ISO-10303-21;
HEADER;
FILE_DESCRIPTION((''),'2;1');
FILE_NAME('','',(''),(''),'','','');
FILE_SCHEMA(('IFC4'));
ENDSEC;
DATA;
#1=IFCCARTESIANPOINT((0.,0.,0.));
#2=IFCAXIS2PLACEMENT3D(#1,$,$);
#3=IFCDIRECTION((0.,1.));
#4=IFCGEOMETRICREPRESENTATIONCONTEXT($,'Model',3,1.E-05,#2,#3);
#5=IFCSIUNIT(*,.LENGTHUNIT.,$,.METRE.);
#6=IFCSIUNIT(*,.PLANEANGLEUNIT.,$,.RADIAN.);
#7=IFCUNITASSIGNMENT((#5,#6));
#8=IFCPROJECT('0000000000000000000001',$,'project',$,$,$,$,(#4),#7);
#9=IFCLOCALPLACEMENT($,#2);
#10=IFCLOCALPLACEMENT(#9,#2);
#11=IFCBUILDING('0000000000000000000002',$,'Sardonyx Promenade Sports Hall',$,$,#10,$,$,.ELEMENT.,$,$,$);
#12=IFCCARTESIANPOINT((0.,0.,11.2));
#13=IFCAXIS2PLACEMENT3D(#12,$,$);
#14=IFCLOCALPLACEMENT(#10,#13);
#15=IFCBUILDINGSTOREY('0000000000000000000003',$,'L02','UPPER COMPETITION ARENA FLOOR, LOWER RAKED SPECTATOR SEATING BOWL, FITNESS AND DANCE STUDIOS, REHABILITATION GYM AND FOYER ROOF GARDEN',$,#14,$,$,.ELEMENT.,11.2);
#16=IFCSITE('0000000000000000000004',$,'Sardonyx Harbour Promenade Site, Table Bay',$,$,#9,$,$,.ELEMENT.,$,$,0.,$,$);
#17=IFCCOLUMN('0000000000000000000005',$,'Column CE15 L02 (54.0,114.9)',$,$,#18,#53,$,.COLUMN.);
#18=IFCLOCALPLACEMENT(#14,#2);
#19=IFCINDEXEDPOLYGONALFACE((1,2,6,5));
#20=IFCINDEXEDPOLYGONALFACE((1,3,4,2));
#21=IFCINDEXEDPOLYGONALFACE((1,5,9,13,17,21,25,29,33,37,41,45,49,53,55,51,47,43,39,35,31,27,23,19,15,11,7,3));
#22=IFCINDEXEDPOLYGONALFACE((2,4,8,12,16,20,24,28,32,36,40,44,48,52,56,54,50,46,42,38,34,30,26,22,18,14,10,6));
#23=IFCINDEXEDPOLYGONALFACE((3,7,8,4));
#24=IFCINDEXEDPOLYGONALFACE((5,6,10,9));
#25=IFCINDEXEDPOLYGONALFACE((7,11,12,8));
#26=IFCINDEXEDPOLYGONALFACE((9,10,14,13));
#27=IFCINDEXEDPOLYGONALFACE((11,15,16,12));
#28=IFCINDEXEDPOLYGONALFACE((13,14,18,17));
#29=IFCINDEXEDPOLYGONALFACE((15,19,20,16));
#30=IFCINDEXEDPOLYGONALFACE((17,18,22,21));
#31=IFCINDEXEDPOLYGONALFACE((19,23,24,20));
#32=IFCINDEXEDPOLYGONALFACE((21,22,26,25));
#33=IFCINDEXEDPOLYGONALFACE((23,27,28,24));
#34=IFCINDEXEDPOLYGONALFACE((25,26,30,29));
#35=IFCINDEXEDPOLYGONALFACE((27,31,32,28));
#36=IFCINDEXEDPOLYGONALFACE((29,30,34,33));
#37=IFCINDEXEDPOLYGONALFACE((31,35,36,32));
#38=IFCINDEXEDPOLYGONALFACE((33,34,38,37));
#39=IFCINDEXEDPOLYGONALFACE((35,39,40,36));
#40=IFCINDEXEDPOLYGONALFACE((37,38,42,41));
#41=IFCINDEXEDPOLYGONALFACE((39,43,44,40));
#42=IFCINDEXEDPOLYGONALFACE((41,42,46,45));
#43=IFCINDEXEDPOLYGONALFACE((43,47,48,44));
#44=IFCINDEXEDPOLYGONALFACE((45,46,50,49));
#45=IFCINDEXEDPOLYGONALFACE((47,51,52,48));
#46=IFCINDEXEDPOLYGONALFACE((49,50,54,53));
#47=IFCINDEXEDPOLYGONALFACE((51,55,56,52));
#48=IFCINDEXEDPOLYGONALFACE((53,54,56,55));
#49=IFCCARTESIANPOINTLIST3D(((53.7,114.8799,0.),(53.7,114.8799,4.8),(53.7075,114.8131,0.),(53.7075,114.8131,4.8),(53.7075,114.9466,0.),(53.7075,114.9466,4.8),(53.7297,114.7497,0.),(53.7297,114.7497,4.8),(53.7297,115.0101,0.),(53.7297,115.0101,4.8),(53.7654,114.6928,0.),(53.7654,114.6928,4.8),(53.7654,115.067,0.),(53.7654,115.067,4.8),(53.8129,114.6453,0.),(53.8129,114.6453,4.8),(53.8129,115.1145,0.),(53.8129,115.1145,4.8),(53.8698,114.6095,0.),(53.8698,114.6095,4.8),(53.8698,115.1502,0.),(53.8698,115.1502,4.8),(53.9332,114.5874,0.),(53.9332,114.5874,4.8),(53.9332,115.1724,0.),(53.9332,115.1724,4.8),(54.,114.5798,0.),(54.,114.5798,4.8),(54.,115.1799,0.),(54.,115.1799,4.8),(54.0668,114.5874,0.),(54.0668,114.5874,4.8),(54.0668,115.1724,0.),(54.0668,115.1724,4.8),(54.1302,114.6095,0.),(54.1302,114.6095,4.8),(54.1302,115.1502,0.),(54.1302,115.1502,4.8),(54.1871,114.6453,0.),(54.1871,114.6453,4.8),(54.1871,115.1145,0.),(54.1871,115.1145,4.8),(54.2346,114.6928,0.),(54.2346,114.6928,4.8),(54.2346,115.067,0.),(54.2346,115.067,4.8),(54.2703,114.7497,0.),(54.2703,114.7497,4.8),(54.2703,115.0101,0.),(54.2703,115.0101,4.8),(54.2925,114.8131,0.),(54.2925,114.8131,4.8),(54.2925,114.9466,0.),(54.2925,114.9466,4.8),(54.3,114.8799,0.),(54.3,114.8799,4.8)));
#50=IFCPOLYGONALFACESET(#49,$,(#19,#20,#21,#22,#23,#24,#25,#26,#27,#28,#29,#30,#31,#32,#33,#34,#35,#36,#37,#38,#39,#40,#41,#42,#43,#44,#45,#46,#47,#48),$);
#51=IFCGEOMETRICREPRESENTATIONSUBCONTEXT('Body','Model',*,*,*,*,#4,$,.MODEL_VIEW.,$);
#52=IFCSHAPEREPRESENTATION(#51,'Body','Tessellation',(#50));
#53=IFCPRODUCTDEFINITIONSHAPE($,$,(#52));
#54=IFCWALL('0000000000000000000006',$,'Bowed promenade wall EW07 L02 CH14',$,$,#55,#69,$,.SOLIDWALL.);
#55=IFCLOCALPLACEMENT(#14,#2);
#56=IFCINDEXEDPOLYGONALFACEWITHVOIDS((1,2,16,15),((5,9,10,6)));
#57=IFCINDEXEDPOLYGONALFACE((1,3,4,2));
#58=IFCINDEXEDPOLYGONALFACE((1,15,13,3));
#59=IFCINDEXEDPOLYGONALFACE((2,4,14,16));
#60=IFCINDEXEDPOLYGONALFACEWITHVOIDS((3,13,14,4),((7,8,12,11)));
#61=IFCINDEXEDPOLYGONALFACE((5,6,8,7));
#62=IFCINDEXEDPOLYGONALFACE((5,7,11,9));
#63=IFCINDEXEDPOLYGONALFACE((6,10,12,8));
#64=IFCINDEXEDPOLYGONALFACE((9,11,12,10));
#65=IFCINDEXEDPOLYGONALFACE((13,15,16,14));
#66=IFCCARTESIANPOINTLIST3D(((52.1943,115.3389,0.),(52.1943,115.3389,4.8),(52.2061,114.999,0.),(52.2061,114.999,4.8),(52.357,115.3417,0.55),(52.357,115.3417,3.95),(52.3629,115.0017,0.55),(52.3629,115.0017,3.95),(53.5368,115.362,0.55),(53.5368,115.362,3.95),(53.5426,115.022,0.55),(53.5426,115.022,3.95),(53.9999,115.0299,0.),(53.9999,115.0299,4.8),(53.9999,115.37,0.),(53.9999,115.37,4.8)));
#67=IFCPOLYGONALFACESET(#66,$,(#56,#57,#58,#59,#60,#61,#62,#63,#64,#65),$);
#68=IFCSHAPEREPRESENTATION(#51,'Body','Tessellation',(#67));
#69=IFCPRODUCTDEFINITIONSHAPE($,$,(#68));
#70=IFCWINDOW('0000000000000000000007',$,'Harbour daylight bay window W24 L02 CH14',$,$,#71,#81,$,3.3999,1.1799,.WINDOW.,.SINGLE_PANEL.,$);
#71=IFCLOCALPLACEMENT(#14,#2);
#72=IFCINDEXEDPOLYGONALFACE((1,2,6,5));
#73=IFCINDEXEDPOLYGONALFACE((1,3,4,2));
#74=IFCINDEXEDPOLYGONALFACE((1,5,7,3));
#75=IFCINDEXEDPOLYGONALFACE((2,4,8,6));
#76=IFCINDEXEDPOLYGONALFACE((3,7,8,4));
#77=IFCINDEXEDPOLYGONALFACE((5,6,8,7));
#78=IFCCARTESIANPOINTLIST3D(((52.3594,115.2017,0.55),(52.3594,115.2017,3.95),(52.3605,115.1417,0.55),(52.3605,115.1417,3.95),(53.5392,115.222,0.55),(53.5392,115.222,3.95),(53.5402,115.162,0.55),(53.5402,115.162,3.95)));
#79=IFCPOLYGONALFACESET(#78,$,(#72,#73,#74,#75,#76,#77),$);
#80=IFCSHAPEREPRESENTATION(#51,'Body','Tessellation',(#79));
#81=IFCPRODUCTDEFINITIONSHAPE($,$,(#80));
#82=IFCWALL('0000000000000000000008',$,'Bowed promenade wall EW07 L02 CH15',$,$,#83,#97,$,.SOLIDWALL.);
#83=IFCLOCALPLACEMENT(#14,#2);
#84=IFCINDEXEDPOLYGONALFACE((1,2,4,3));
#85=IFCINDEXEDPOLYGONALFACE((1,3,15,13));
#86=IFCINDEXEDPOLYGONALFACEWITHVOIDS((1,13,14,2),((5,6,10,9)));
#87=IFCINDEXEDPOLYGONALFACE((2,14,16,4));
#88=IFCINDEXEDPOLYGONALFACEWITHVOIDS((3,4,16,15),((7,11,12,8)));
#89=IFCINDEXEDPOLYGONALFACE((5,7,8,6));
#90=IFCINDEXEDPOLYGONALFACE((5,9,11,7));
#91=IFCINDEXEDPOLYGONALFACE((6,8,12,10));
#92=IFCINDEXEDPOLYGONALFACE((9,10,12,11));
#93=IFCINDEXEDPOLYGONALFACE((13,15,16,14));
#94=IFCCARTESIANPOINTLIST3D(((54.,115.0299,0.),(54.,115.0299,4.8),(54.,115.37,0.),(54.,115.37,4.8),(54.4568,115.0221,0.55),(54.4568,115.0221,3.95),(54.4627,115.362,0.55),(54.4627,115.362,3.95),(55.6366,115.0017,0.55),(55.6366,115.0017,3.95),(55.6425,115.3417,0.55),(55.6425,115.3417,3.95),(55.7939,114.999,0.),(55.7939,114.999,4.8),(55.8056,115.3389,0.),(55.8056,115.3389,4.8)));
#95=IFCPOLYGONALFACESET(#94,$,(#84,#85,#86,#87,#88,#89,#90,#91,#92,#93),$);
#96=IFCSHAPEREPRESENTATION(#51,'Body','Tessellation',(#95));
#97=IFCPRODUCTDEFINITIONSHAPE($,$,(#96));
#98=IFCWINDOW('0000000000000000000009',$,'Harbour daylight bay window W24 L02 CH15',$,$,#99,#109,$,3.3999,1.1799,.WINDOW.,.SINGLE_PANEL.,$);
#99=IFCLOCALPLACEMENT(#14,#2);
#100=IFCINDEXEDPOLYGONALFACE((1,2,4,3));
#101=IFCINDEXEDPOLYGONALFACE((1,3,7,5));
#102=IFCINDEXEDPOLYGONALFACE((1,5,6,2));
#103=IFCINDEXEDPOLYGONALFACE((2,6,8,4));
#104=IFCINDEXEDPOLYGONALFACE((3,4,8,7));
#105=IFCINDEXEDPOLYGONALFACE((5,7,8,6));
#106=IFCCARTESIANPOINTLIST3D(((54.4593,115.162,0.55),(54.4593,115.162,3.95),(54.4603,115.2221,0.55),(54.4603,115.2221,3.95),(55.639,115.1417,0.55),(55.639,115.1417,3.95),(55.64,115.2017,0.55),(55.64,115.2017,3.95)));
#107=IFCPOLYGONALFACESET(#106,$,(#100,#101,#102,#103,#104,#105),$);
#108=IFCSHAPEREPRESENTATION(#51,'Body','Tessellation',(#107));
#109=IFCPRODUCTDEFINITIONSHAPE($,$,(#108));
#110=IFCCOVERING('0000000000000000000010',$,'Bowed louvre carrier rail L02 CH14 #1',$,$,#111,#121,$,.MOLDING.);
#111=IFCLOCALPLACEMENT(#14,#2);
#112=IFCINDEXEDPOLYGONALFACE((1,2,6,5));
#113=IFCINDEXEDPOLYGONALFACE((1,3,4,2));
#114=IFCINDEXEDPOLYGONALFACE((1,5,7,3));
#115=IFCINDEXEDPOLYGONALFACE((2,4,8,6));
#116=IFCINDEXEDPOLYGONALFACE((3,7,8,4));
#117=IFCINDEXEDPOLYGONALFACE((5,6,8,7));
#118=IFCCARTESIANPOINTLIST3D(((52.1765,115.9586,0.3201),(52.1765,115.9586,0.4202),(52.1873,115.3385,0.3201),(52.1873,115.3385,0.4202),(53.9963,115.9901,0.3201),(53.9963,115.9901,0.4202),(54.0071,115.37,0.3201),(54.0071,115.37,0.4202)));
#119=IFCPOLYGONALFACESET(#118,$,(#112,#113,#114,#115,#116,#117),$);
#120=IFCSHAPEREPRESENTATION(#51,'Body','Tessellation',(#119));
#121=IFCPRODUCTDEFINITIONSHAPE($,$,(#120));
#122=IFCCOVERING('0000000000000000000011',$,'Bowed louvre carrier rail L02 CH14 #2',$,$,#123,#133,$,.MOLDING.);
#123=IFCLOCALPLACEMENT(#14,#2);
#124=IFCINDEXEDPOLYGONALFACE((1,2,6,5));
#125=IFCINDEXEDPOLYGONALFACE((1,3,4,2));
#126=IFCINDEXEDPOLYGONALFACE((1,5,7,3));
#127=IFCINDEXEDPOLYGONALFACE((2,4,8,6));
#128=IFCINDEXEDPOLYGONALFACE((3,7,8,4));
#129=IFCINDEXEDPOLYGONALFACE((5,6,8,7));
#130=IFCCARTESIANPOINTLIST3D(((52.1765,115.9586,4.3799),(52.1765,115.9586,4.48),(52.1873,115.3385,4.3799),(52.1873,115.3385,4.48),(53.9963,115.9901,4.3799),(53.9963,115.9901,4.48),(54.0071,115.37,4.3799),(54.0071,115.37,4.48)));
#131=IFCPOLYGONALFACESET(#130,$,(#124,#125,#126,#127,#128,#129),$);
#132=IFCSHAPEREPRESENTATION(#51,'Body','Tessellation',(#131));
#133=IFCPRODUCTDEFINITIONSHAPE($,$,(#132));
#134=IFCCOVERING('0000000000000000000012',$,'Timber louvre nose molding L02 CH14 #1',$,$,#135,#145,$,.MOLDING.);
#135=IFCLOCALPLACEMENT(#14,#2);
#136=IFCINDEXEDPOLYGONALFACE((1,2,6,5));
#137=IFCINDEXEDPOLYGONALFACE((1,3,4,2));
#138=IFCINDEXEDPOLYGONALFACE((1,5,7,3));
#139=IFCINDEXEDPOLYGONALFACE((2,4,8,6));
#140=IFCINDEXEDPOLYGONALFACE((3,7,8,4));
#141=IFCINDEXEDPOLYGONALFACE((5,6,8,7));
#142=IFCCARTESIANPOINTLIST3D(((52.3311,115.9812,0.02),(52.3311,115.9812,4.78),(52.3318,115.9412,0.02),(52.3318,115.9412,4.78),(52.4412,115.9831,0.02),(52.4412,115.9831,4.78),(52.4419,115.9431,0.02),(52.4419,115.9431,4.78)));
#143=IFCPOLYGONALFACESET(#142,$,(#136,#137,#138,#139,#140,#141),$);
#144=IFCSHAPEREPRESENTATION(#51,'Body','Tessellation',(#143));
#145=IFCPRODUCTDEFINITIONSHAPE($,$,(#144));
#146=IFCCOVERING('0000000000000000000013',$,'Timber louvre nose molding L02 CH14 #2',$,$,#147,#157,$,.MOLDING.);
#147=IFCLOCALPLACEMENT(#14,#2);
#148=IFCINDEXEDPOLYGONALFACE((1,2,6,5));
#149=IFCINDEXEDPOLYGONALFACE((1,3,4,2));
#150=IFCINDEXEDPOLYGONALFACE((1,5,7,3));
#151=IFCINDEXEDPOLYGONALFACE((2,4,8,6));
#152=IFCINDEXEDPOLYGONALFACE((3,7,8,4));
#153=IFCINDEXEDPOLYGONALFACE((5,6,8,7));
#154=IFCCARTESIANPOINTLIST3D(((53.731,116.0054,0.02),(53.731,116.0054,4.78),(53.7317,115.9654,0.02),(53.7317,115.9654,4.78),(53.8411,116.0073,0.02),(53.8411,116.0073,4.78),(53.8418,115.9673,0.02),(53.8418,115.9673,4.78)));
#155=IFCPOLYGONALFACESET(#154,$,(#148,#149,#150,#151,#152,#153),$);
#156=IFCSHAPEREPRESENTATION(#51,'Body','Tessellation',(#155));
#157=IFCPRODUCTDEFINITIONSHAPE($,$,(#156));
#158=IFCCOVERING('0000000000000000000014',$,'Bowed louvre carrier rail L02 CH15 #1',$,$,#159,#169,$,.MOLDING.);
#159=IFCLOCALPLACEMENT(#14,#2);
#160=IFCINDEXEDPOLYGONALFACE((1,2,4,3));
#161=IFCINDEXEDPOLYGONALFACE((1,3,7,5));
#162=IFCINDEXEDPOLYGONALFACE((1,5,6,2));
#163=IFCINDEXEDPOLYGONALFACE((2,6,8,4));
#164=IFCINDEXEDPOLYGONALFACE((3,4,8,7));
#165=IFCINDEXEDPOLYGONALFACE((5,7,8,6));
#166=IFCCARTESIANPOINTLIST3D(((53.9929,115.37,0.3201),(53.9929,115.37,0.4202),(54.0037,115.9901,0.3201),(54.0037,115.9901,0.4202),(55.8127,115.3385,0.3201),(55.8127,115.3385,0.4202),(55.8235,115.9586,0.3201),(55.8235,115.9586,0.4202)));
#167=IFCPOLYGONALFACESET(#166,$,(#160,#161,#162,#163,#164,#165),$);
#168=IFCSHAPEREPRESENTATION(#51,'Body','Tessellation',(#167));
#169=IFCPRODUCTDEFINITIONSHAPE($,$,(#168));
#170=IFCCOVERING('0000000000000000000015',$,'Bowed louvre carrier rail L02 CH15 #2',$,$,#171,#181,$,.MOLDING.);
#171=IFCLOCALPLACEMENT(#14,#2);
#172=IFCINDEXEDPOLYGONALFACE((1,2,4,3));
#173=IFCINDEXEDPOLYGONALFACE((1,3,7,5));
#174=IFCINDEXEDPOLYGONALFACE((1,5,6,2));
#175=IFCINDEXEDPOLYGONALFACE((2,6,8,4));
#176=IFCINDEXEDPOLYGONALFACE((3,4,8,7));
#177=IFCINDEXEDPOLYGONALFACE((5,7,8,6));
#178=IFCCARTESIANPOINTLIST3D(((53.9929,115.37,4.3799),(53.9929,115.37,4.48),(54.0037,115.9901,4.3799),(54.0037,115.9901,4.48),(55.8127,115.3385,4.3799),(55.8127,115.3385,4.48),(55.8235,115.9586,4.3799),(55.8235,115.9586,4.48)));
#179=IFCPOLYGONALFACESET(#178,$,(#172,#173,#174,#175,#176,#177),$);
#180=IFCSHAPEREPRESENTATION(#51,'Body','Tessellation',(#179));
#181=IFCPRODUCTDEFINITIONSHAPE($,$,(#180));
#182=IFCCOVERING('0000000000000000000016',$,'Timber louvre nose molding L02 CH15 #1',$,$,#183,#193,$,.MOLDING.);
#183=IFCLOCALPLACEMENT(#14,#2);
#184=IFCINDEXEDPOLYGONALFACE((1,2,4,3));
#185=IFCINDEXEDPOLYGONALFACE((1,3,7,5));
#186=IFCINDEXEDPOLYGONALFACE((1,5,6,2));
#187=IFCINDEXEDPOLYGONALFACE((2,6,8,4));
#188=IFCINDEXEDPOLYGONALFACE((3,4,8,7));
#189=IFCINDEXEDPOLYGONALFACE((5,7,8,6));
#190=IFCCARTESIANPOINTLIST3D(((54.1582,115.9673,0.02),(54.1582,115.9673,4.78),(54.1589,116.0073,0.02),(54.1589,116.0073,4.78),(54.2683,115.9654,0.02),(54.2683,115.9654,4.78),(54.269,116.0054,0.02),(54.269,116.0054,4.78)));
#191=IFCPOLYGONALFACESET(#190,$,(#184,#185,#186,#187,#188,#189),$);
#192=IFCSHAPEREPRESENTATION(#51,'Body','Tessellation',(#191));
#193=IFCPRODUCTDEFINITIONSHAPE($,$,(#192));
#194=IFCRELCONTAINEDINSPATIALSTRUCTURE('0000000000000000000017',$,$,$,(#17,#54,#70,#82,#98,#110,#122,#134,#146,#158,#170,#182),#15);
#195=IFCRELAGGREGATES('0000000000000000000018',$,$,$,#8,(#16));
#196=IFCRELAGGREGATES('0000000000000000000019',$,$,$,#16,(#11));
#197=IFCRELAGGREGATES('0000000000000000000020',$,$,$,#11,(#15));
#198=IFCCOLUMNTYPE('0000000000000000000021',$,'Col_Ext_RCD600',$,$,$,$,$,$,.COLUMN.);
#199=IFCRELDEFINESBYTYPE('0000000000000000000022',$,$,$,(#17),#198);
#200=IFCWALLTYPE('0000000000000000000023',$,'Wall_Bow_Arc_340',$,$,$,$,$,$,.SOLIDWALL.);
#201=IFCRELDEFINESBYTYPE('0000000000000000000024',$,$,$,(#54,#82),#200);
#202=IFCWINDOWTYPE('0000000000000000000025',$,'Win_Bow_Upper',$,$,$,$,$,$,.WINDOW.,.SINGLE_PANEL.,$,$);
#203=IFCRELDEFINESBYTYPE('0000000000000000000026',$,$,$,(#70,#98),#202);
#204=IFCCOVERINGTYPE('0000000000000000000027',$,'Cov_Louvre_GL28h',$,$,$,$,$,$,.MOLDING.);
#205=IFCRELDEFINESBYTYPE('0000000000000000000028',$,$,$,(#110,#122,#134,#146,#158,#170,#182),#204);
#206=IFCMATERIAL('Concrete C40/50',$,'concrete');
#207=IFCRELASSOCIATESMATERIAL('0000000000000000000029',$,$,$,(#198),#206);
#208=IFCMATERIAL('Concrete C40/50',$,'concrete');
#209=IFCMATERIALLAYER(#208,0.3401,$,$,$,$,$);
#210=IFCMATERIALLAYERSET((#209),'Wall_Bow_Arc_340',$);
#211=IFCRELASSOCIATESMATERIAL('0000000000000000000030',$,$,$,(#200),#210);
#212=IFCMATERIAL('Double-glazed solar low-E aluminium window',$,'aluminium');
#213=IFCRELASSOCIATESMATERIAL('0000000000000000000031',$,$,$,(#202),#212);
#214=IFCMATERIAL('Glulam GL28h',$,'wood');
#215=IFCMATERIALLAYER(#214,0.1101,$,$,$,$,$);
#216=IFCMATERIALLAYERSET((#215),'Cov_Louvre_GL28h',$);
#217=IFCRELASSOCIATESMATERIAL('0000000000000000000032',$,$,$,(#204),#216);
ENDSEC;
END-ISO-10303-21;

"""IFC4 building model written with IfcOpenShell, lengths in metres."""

from ifc_helpers import new_model, si_unit, direction, frame, frame_2d, origin, origin_2d, place, context, subcontext, project, spatial, polyline, rectangle, circle, outline, extrude, material, layer, layer_set, material_profile, profile_set, type_object, element, fill, save


model = new_model("IFC4")

# Units and contexts
model_context = context("Model", 3, precision=1e-05, world=origin(), true_north=direction((0.0, 1.0)))
body_context = subcontext(model_context, "Body", "Model", "MODEL_VIEW")
ifc_project = project(units=[si_unit("LENGTHUNIT", "METRE"), si_unit("PLANEANGLEUNIT", "RADIAN")], contexts=[model_context])

# Site, building, storey
site_placement = place(None, origin())
site = spatial("IfcSite", under=ifc_project, at=site_placement, Name="Sardonyx Harbour Promenade Site, Table Bay", CompositionType="ELEMENT", RefElevation=0.0)
building_placement = place(site_placement, origin())
building = spatial("IfcBuilding", under=site, at=building_placement, Name="Sardonyx Promenade Sports Hall", CompositionType="ELEMENT")
storey_placement = place(building_placement, frame((0.0, 0.0, 11.2)))
storey = spatial("IfcBuildingStorey", under=building, at=storey_placement, Name="L02", Description="UPPER COMPETITION ARENA FLOOR, LOWER RAKED SPECTATOR SEATING BOWL, FITNESS AND DANCE STUDIOS, REHABILITATION GYM AND FOYER ROOF GARDEN", CompositionType="ELEMENT", Elevation=11.2)

# Column
ifc_material_1 = material(Name="Concrete C40/50", Category="concrete")
ifc_material_profile = material_profile(ifc_material_1, circle(Radius=0.3, at=origin_2d()))
ifc_profile_set = profile_set([ifc_material_profile], Name="Concrete C40/50")
column_type = type_object("IfcColumnType", Name="Col_Ext_RCD600", PredefinedType="COLUMN", material=ifc_profile_set)
column_placement = place(storey_placement, frame((54.0, 114.8799, 0.0), z_axis=(0.0, 0.0, 1.0), x_axis=(1.0, 0.0, 0.0)))
element("IfcColumn", 1, at=column_placement, inside=storey, type_object=column_type, Name="Column CE15 L02 (54.0,114.9)", PredefinedType="COLUMN", context=body_context, shape_type="SweptSolid", body=[
    extrude(circle(Radius=0.3, at=origin_2d()), origin(), (0.0, 0.0, 1.0), 4.8),
])

# Walls, openings, windows
ifc_material_2 = material(Name="Concrete C40/50", Category="concrete")
ifc_layer_1 = layer(ifc_material_2, 0.3401)
ifc_layer_set_1 = layer_set([ifc_layer_1], Name="Wall_Bow_Arc_340")
wall_type = type_object("IfcWallType", Name="Wall_Bow_Arc_340", PredefinedType="SOLIDWALL", material=ifc_layer_set_1)
wall_1_placement = place(storey_placement, frame((52.2002, 115.1689, 0.0), z_axis=(0.0, 0.0, 1.0), x_axis=(0.999852, 0.017225, 0.0)))
wall_1 = element("IfcWall", 2, at=wall_1_placement, inside=storey, type_object=wall_type, Name="Bowed promenade wall EW07 L02 CH14", PredefinedType="SOLIDWALL", context=body_context, shape_type="SweptSolid", body=[
    extrude(outline(polyline([(0.0029, -0.17), (1.7971, -0.17), (1.8029, 0.17), (-0.0029, 0.17), (0.0029, -0.17)])), origin(), (0.0, 0.0, 1.0), 4.8),
])
opening_1_placement = place(wall_1_placement, frame((0.1599, 0.0, 0.55)))
opening_1 = element("IfcOpeningElement", 3, at=opening_1_placement, cuts=wall_1, PredefinedType="OPENING", context=body_context, shape_type="SweptSolid", body=[
    extrude(rectangle(XDim=1.1799, YDim=3.3999, at=frame_2d((0.5898, 1.7))), frame((0.0, 0.18, 0.0), z_axis=(0.0, -1.0, 0.0), x_axis=(1.0, 0.0, 0.0)), (0.0, 0.0, 1.0), 0.36),
])
ifc_material_3 = material(Name="Double-glazed solar low-E aluminium window", Category="aluminium")
window_type = type_object("IfcWindowType", Name="Win_Bow_Upper", PartitioningType="SINGLE_PANEL", PredefinedType="WINDOW", material=ifc_material_3)
window_1_placement = place(opening_1_placement, origin())
window_1 = element("IfcWindow", 4, at=window_1_placement, inside=storey, type_object=window_type, Name="Harbour daylight bay window W24 L02 CH14", OverallHeight=3.3999, OverallWidth=1.1799, PartitioningType="SINGLE_PANEL", PredefinedType="WINDOW", context=body_context, shape_type="SweptSolid", body=[
    extrude(rectangle(XDim=1.1799, YDim=3.3999, at=frame_2d((0.5898, 1.7))), frame((0.0, 0.03, 0.0), z_axis=(0.0, -1.0, 0.0), x_axis=(1.0, 0.0, 0.0)), (0.0, 0.0, 1.0), 0.0601),
])
fill(opening_1, window_1)
wall_2_placement = place(storey_placement, frame((54.0, 115.2, 0.0), z_axis=(0.0, 0.0, 1.0), x_axis=(0.999852, -0.017225, 0.0)))
wall_2 = element("IfcWall", 5, at=wall_2_placement, inside=storey, type_object=wall_type, Name="Bowed promenade wall EW07 L02 CH15", PredefinedType="SOLIDWALL", context=body_context, shape_type="SweptSolid", body=[
    extrude(outline(polyline([(0.0029, -0.17), (1.7971, -0.17), (1.8029, 0.17), (-0.0029, 0.17), (0.0029, -0.17)])), origin(), (0.0, 0.0, 1.0), 4.8),
])
opening_2_placement = place(wall_2_placement, frame((0.46, 0.0, 0.55)))
opening_2 = element("IfcOpeningElement", 6, at=opening_2_placement, cuts=wall_2, PredefinedType="OPENING", context=body_context, shape_type="SweptSolid", body=[
    extrude(rectangle(XDim=1.1799, YDim=3.3999, at=frame_2d((0.5898, 1.7))), frame((0.0, 0.18, 0.0), z_axis=(0.0, -1.0, 0.0), x_axis=(1.0, 0.0, 0.0)), (0.0, 0.0, 1.0), 0.36),
])
window_2_placement = place(opening_2_placement, origin())
window_2 = element("IfcWindow", 7, at=window_2_placement, inside=storey, type_object=window_type, Name="Harbour daylight bay window W24 L02 CH15", OverallHeight=3.3999, OverallWidth=1.1799, PartitioningType="SINGLE_PANEL", PredefinedType="WINDOW", context=body_context, shape_type="SweptSolid", body=[
    extrude(rectangle(XDim=1.1799, YDim=3.3999, at=frame_2d((0.5898, 1.7))), frame((0.0, 0.03, 0.0), z_axis=(0.0, -1.0, 0.0), x_axis=(1.0, 0.0, 0.0)), (0.0, 0.0, 1.0), 0.0601),
])
fill(opening_2, window_2)

# Coverings
ifc_material_4 = material(Name="Glulam GL28h", Category="wood")
ifc_layer_2 = layer(ifc_material_4, 0.1101)
ifc_layer_set_2 = layer_set([ifc_layer_2], Name="Cov_Louvre_GL28h")
covering_type = type_object("IfcCoveringType", Name="Cov_Louvre_GL28h", PredefinedType="MOLDING", material=ifc_layer_set_2)
for number, where, z_axis, x_axis, name in (
    (8, (53.0918, 115.6643, 0.3201), (0.0, 0.0, 1.0), (0.99985, 0.017308, 0.0), "Bowed louvre carrier rail L02 CH14 #1"),
    (9, (53.0918, 115.6643, 4.3799), (0.0, 0.0, 1.0), (0.99985, 0.017308, 0.0), "Bowed louvre carrier rail L02 CH14 #2"),
):
    element("IfcCovering", number, at=place(storey_placement, frame(where, z_axis=z_axis, x_axis=x_axis)), inside=storey, type_object=covering_type, Name=name, PredefinedType="MOLDING", context=body_context, shape_type="SweptSolid", body=[
        extrude(rectangle(XDim=1.8201, YDim=0.6201, at=origin_2d()), origin(), (0.0, 0.0, 1.0), 0.1001),
    ])
for number, where, z_axis, x_axis, name in (
    (10, (52.3865, 115.9622, 0.02), (0.0, 0.0, 1.0), (0.99985, 0.017308, 0.0), "Timber louvre nose molding L02 CH14 #1"),
    (11, (53.7864, 115.9863, 0.02), (0.0, 0.0, 1.0), (0.99985, 0.017308, 0.0), "Timber louvre nose molding L02 CH14 #2"),
):
    element("IfcCovering", number, at=place(storey_placement, frame(where, z_axis=z_axis, x_axis=x_axis)), inside=storey, type_object=covering_type, Name=name, PredefinedType="MOLDING", context=body_context, shape_type="SweptSolid", body=[
        extrude(rectangle(XDim=0.1101, YDim=0.04, at=origin_2d()), origin(), (0.0, 0.0, 1.0), 4.76),
    ])
for number, where, z_axis, x_axis, name in (
    (12, (54.9082, 115.6643, 0.3201), (0.0, 0.0, 1.0), (0.99985, -0.017308, 0.0), "Bowed louvre carrier rail L02 CH15 #1"),
    (13, (54.9082, 115.6643, 4.3799), (0.0, 0.0, 1.0), (0.99985, -0.017308, 0.0), "Bowed louvre carrier rail L02 CH15 #2"),
):
    element("IfcCovering", number, at=place(storey_placement, frame(where, z_axis=z_axis, x_axis=x_axis)), inside=storey, type_object=covering_type, Name=name, PredefinedType="MOLDING", context=body_context, shape_type="SweptSolid", body=[
        extrude(rectangle(XDim=1.8201, YDim=0.6201, at=origin_2d()), origin(), (0.0, 0.0, 1.0), 0.1001),
    ])
covering_placement = place(storey_placement, frame((54.2136, 115.9863, 0.02), z_axis=(0.0, 0.0, 1.0), x_axis=(0.99985, -0.017308, 0.0)))
element("IfcCovering", 14, at=covering_placement, inside=storey, type_object=covering_type, Name="Timber louvre nose molding L02 CH15 #1", PredefinedType="MOLDING", context=body_context, shape_type="SweptSolid", body=[
    extrude(rectangle(XDim=0.1101, YDim=0.04, at=origin_2d()), origin(), (0.0, 0.0, 1.0), 4.76),
])

save(model, "model.ifc")
